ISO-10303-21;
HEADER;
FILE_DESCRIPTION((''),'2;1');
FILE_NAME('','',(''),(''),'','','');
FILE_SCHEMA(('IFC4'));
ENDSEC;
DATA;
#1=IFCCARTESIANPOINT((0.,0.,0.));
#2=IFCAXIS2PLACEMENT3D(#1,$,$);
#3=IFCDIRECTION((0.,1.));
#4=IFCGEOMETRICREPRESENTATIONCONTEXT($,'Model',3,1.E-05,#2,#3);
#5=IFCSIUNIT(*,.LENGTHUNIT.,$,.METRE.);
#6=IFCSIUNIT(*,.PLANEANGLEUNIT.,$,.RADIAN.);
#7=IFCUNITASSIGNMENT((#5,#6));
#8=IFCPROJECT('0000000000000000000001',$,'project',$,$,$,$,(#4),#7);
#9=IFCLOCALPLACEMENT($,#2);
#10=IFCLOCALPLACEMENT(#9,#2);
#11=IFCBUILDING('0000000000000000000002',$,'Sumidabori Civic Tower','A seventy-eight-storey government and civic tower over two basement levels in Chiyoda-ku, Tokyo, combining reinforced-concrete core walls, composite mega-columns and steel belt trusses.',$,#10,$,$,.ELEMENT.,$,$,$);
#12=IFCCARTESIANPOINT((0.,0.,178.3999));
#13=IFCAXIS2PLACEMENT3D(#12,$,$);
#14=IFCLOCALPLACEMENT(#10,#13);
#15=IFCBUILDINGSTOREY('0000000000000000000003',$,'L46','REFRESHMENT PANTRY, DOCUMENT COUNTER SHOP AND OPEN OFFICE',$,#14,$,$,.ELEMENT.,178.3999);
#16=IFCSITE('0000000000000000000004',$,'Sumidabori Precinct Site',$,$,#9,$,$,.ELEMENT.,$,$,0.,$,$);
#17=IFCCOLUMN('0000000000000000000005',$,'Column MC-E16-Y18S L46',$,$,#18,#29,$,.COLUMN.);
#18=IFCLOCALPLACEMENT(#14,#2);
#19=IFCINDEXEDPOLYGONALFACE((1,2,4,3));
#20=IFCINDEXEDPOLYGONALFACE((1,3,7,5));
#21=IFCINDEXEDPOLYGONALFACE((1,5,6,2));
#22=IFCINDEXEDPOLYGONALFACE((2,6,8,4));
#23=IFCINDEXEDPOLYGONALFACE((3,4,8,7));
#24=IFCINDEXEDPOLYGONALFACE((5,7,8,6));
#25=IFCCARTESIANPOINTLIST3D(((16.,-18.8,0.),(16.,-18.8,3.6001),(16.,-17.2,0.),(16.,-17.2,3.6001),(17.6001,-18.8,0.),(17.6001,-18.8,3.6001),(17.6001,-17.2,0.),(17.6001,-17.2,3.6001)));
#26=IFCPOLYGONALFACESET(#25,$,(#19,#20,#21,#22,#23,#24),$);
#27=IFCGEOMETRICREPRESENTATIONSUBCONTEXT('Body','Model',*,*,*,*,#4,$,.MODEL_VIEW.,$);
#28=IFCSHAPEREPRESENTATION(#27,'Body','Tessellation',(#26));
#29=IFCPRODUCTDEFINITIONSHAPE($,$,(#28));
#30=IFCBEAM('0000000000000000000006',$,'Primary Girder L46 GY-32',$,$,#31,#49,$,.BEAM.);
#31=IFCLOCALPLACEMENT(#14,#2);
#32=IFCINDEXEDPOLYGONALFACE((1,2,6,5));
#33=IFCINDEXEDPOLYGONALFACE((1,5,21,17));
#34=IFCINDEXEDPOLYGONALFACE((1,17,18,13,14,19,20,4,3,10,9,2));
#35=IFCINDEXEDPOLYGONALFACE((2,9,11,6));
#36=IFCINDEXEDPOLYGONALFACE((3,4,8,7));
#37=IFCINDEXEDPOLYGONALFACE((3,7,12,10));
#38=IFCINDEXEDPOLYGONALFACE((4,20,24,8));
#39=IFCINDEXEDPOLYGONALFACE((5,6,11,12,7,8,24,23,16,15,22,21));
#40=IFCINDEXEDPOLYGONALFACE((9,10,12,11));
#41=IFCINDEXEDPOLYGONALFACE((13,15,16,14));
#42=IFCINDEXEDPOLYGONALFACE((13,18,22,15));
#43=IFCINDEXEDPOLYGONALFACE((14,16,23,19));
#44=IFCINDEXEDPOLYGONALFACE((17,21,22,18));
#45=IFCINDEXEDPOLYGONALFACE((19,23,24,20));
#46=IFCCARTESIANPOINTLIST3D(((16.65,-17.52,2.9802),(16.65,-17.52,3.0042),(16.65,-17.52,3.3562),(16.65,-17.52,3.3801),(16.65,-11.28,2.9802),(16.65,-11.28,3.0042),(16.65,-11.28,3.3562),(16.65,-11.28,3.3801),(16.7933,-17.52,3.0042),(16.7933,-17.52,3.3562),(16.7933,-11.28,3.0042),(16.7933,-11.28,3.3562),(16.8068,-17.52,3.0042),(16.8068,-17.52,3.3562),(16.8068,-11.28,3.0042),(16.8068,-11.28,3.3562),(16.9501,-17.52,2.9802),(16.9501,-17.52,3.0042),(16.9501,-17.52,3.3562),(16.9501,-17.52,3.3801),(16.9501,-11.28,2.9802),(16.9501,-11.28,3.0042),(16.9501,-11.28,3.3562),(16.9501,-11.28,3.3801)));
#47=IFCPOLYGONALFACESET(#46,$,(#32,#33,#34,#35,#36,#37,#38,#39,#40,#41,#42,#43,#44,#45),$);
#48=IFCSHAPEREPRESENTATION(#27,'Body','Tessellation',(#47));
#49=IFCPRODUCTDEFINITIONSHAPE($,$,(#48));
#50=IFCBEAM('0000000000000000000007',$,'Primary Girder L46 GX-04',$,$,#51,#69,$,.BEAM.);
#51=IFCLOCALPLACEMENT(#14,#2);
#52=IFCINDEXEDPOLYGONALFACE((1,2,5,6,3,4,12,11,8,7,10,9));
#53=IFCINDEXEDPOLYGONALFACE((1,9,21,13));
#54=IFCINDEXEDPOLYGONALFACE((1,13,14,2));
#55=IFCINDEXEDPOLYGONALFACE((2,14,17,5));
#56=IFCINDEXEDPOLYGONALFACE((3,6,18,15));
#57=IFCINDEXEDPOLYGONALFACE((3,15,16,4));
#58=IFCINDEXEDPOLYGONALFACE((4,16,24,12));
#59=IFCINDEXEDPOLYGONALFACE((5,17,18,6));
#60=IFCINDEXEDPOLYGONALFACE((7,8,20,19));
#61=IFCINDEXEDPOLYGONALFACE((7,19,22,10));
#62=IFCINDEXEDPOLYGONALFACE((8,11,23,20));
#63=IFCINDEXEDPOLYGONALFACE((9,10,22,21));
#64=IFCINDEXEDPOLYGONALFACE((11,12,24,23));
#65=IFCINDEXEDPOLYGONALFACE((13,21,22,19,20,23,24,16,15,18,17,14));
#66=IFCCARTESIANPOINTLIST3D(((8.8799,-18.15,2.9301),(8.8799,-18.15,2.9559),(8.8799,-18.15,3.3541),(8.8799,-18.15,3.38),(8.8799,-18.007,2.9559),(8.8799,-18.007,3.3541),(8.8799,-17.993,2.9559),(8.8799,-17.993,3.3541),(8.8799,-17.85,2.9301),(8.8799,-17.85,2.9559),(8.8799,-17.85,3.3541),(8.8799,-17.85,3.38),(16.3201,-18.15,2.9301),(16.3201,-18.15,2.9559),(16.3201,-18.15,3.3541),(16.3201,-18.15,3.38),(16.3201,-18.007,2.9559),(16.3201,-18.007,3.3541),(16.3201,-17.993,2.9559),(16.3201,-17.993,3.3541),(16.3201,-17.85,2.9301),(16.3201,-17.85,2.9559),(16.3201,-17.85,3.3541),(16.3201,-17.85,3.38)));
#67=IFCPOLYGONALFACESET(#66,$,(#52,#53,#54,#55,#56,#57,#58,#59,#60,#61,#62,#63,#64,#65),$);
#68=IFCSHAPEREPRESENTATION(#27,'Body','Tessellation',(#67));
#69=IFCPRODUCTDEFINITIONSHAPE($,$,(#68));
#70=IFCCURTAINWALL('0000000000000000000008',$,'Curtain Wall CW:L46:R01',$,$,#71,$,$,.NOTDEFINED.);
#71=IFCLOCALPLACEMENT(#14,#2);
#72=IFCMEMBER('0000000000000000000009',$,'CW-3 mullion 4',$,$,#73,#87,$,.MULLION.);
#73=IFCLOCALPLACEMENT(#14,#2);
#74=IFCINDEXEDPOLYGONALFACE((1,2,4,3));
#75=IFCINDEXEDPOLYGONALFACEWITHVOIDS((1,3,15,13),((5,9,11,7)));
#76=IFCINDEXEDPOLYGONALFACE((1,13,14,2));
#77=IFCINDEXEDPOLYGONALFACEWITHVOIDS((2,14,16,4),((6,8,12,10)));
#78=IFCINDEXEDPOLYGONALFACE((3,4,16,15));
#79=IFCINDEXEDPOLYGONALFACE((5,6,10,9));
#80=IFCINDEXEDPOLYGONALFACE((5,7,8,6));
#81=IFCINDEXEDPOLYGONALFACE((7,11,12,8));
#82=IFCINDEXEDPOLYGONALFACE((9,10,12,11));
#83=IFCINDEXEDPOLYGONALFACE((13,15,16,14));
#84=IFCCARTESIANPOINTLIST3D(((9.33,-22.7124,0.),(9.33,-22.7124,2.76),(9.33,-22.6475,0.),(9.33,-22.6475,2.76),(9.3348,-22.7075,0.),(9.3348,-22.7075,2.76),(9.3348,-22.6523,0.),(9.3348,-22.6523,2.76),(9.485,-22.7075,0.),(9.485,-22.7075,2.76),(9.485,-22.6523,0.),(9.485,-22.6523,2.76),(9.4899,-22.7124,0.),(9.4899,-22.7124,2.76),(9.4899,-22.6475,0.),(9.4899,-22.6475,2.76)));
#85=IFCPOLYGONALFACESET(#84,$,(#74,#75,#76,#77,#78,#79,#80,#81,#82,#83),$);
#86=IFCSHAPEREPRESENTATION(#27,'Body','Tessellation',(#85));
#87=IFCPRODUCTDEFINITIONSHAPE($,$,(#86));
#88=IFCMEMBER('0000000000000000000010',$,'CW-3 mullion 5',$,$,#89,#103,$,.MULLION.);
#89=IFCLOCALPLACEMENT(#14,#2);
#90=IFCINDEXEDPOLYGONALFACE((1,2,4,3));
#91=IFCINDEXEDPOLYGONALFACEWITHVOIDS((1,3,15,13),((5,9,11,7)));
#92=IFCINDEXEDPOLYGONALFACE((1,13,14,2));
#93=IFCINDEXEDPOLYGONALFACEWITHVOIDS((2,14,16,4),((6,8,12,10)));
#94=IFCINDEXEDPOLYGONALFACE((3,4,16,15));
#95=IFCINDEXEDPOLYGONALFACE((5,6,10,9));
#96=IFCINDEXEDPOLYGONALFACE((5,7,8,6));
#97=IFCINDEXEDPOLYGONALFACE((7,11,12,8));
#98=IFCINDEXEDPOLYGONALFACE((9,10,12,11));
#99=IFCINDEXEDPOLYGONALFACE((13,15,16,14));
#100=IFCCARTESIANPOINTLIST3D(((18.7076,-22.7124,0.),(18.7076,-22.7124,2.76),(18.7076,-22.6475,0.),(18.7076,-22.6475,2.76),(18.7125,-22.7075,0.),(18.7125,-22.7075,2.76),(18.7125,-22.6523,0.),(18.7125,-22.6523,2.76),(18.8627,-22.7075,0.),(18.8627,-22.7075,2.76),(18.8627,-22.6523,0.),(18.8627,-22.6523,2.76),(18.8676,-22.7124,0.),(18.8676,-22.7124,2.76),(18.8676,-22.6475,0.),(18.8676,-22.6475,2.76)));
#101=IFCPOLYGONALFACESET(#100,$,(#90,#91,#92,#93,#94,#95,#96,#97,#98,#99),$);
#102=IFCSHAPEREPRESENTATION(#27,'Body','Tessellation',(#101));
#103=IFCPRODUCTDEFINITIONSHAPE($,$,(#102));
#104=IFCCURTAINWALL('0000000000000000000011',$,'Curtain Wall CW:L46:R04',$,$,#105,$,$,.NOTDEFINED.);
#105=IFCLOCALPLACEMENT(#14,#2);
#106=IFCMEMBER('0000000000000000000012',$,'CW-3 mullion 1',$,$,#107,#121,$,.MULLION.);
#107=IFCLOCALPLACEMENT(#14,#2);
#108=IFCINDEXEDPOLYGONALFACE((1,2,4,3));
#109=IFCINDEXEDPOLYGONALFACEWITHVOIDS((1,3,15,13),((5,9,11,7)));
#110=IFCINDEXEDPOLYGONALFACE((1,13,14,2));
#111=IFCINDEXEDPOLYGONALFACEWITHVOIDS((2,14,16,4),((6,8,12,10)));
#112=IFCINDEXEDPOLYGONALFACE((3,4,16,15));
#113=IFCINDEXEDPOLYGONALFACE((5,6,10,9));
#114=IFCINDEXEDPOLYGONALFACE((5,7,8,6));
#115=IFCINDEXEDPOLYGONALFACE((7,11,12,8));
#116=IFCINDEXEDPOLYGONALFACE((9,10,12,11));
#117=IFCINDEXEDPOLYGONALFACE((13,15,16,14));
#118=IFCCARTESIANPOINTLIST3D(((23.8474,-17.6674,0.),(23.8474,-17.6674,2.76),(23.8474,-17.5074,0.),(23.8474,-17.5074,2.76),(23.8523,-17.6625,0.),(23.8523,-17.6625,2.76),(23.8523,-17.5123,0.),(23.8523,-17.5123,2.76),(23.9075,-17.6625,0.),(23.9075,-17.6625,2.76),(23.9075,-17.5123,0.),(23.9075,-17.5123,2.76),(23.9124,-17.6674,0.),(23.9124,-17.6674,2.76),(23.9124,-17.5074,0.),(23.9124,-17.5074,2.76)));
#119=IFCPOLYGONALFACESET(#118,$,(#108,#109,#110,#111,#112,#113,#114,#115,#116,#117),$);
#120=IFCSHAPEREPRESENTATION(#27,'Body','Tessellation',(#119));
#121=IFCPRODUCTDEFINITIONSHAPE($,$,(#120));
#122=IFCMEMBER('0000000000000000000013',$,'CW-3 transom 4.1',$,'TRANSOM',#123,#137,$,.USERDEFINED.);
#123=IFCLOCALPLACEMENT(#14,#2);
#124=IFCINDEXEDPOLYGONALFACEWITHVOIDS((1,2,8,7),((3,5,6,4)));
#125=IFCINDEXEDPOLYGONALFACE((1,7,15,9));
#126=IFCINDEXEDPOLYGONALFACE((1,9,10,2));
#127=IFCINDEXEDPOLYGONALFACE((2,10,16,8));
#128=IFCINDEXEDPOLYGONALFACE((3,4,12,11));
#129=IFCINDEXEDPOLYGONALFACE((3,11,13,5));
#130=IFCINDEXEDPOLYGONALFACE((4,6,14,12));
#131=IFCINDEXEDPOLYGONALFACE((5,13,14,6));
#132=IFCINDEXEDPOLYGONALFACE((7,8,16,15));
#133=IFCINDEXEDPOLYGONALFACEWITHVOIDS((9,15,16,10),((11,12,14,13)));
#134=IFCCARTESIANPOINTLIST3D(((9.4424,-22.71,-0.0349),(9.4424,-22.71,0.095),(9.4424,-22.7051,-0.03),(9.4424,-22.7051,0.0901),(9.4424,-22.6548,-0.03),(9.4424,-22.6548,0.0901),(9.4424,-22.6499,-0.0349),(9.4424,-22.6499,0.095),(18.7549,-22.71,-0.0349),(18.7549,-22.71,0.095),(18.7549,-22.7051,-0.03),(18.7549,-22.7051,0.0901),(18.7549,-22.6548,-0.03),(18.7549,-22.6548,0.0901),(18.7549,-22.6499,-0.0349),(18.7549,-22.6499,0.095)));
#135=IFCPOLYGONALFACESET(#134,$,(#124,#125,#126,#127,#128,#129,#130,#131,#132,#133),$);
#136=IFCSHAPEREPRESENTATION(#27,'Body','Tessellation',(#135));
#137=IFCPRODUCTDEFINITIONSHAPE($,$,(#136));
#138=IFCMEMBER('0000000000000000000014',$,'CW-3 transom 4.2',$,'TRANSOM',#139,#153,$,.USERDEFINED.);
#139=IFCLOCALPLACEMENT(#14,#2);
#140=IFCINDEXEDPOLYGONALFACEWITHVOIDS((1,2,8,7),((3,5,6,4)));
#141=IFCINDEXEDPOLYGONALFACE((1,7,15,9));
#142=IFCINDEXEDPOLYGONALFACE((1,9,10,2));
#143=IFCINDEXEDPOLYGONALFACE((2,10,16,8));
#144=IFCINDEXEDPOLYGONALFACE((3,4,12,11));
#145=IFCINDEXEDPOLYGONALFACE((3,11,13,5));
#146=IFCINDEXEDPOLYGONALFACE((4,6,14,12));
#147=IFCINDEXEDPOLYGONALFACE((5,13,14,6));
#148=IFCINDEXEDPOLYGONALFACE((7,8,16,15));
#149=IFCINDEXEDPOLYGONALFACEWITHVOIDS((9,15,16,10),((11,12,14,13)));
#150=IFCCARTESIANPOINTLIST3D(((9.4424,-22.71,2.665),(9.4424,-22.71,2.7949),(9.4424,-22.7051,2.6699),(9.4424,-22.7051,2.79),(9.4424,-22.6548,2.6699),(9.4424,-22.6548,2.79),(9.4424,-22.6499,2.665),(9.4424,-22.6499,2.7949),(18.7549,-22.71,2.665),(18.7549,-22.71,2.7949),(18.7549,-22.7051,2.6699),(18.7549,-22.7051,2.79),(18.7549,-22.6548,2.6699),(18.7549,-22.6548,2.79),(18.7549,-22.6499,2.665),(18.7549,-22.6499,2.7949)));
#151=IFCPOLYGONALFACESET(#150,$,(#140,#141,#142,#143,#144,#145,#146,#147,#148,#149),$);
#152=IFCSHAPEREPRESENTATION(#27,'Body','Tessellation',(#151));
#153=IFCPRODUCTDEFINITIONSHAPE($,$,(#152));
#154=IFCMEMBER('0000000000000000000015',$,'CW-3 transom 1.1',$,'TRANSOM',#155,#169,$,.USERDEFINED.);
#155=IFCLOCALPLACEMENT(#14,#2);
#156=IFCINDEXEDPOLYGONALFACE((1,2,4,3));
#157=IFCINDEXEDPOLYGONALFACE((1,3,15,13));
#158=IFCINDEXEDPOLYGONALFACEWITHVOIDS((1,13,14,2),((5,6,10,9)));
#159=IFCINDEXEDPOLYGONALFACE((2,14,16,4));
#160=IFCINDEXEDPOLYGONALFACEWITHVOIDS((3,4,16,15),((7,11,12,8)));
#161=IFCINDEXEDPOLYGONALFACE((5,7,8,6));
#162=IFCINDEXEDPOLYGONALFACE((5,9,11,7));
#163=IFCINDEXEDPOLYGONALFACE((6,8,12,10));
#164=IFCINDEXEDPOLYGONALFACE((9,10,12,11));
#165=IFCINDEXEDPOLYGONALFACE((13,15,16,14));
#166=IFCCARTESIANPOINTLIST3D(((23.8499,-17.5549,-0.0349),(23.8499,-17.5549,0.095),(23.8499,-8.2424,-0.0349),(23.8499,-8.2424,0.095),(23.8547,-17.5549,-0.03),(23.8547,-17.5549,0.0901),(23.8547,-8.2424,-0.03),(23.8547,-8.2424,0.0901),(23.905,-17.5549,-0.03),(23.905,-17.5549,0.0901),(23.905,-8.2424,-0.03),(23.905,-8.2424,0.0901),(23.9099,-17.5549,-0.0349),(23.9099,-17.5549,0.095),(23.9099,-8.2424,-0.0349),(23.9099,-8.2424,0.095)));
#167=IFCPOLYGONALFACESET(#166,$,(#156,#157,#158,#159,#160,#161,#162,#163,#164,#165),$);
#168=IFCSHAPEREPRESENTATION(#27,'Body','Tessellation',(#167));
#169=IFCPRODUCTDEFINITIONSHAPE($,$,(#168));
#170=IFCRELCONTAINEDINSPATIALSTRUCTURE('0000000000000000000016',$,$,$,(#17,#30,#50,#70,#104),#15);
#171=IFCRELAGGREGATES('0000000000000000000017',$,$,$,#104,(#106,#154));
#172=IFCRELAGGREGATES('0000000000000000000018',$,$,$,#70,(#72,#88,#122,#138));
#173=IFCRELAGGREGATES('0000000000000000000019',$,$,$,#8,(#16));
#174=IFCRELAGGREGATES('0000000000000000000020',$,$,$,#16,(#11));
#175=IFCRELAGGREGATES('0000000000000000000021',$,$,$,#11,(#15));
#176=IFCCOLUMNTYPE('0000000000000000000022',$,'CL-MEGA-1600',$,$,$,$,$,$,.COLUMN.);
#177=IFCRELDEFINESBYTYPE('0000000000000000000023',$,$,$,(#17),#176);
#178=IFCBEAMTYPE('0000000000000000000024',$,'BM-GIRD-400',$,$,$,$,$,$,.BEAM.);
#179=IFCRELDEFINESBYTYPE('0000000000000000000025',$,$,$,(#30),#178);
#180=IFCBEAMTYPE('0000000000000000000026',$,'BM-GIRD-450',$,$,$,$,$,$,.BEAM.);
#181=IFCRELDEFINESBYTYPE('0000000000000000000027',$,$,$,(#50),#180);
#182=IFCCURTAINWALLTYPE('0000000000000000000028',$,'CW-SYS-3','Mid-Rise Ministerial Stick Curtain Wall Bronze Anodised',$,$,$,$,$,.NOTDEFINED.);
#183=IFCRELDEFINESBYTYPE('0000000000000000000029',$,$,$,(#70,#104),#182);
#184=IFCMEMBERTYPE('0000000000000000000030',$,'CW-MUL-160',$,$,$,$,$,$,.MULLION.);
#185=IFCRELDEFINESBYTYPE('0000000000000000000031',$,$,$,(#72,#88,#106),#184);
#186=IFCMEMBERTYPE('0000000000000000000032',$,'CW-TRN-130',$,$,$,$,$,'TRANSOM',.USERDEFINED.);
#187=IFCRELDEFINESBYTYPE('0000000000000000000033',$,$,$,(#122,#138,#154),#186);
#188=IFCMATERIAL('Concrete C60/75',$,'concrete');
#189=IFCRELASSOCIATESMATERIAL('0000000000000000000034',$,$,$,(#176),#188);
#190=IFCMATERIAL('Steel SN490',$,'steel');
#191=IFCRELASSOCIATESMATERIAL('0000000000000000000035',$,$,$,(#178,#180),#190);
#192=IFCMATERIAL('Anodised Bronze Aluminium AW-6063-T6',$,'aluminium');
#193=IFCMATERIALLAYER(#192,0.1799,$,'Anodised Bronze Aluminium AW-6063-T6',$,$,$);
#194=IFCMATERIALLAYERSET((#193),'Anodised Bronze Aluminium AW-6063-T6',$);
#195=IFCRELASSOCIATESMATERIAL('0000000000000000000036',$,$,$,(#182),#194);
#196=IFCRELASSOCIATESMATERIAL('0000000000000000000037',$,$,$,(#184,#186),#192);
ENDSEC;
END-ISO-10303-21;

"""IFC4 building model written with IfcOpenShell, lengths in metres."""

from ifc_helpers import new_model, si_unit, direction, frame, origin, origin_2d, place, context, subcontext, project, spatial, rectangle, hollow_rectangle, i_section, extrude, source, transform, mapped, material, layer, layer_set, material_profile, profile_set, type_object, element, aggregate, save


model = new_model("IFC4")

# Units and contexts
model_context = context("Model", 3, precision=1e-05, world=origin(), true_north=direction((0.0, 1.0)))
body_context = subcontext(model_context, "Body", "Model", "MODEL_VIEW")
ifc_project = project(units=[si_unit("LENGTHUNIT", "METRE"), si_unit("PLANEANGLEUNIT", "RADIAN")], contexts=[model_context])

# Site, building, storey
site_placement = place(None, origin())
site = spatial("IfcSite", under=ifc_project, at=site_placement, Name="Sumidabori Precinct Site", CompositionType="ELEMENT", RefElevation=0.0)
building_placement = place(site_placement, origin())
building = spatial("IfcBuilding", under=site, at=building_placement, Name="Sumidabori Civic Tower", Description="A seventy-eight-storey government and civic tower over two basement levels in Chiyoda-ku, Tokyo, combining reinforced-concrete core walls, composite mega-columns and steel belt trusses.", CompositionType="ELEMENT")
storey_placement = place(building_placement, frame((0.0, 0.0, 178.3999)))
storey = spatial("IfcBuildingStorey", under=building, at=storey_placement, Name="L46", Description="REFRESHMENT PANTRY, DOCUMENT COUNTER SHOP AND OPEN OFFICE", CompositionType="ELEMENT", Elevation=178.3999)

# Column
ifc_material_1 = material(Name="Concrete C60/75", Category="concrete")
ifc_material_profile_1 = material_profile(ifc_material_1, rectangle(XDim=1.6001, YDim=1.6001, at=origin_2d()), Name="RC 1600x1600")
ifc_profile_set_1 = profile_set([ifc_material_profile_1], Name="Concrete C60/75")
column_type = type_object("IfcColumnType", Name="CL-MEGA-1600", PredefinedType="COLUMN", material=ifc_profile_set_1)
shared_shape_1 = source(origin(), body_context, "Body", "SweptSolid", [
    extrude(rectangle(XDim=1.6001, YDim=1.6001, at=origin_2d()), origin(), (0.0, 0.0, 1.0), 3.6001),
])
column_placement = place(storey_placement, frame((16.8, -18.0, 0.0), z_axis=(0.0, 0.0, 1.0), x_axis=(1.0, 0.0, 0.0)))
element("IfcColumn", 1, at=column_placement, inside=storey, type_object=column_type, Name="Column MC-E16-Y18S L46", PredefinedType="COLUMN", context=body_context, shape_type="MappedRepresentation", body=[
    mapped(shared_shape_1, transform((0.0, 0.0, 0.0), x_axis=(1.0, 0.0, 0.0), y_axis=(0.0, 1.0, 0.0), z_axis=(0.0, 0.0, 1.0), scale=1.0)),
])

# Beams
ifc_material_2 = material(Name="Steel SN490", Category="steel")
ifc_material_profile_2 = material_profile(ifc_material_2, i_section(OverallWidth=0.3, OverallDepth=0.3999, WebThickness=0.0134, FlangeThickness=0.0239, at=origin_2d()), Name="HE 400 B")
ifc_profile_set_2 = profile_set([ifc_material_profile_2], Name="Steel SN490")
beam_type_1 = type_object("IfcBeamType", Name="BM-GIRD-400", PredefinedType="BEAM", material=ifc_profile_set_2)
shared_shape_2 = source(origin(), body_context, "Body", "SweptSolid", [
    extrude(i_section(OverallWidth=0.3, OverallDepth=0.3999, WebThickness=0.0134, FlangeThickness=0.0239, at=origin_2d()), origin(), (0.0, 0.0, 1.0), 6.24),
])
beam_1_placement = place(storey_placement, frame((16.8, -17.52, 3.1802), z_axis=(0.0, 1.0, 0.0), x_axis=(-1.0, 0.0, 0.0)))
element("IfcBeam", 2, at=beam_1_placement, inside=storey, type_object=beam_type_1, Name="Primary Girder L46 GY-32", PredefinedType="BEAM", context=body_context, shape_type="MappedRepresentation", body=[
    mapped(shared_shape_2, transform((0.0, 0.0, 0.0), x_axis=(1.0, 0.0, 0.0), y_axis=(0.0, 1.0, 0.0), z_axis=(0.0, 0.0, 1.0), scale=1.0)),
])
ifc_material_profile_3 = material_profile(ifc_material_2, i_section(OverallWidth=0.3, OverallDepth=0.45, WebThickness=0.0139, FlangeThickness=0.0259, at=origin_2d()), Name="HE 450 B")
ifc_profile_set_3 = profile_set([ifc_material_profile_3], Name="Steel SN490")
beam_type_2 = type_object("IfcBeamType", Name="BM-GIRD-450", PredefinedType="BEAM", material=ifc_profile_set_3)
shared_shape_3 = source(origin(), body_context, "Body", "SweptSolid", [
    extrude(i_section(OverallWidth=0.3, OverallDepth=0.45, WebThickness=0.0139, FlangeThickness=0.0259, at=origin_2d()), origin(), (0.0, 0.0, 1.0), 7.4402),
])
beam_2_placement = place(storey_placement, frame((8.8799, -18.0, 3.155), z_axis=(1.0, 0.0, 0.0), x_axis=(0.0, 1.0, 0.0)))
element("IfcBeam", 3, at=beam_2_placement, inside=storey, type_object=beam_type_2, Name="Primary Girder L46 GX-04", PredefinedType="BEAM", context=body_context, shape_type="MappedRepresentation", body=[
    mapped(shared_shape_3, transform((0.0, 0.0, 0.0), x_axis=(1.0, 0.0, 0.0), y_axis=(0.0, 1.0, 0.0), z_axis=(0.0, 0.0, 1.0), scale=1.0)),
])

# Curtain wall, members
ifc_material_3 = material(Name="Anodised Bronze Aluminium AW-6063-T6", Category="aluminium")
ifc_layer_1 = layer(ifc_material_3, 0.1799, Name="Anodised Bronze Aluminium AW-6063-T6")
ifc_layer_set_1 = layer_set([ifc_layer_1], Name="Anodised Bronze Aluminium AW-6063-T6")
curtain_wall_type = type_object("IfcCurtainWallType", Name="CW-SYS-3", Description="Mid-Rise Ministerial Stick Curtain Wall Bronze Anodised", PredefinedType="NOTDEFINED", material=ifc_layer_set_1)
curtain_wall_1_placement = place(storey_placement, origin())
curtain_wall_1 = element("IfcCurtainWall", 4, at=curtain_wall_1_placement, inside=storey, type_object=curtain_wall_type, Name="Curtain Wall CW:L46:R01", PredefinedType="NOTDEFINED")
ifc_material_profile_4 = material_profile(ifc_material_3, hollow_rectangle(XDim=0.0649, YDim=0.1599, WallThickness=0.0049, at=origin_2d()), Name="ALU MULLION 160x65")
ifc_profile_set_4 = profile_set([ifc_material_profile_4], Name="Anodised Bronze Aluminium AW-6063-T6")
member_type_1 = type_object("IfcMemberType", Name="CW-MUL-160", PredefinedType="MULLION", material=ifc_profile_set_4)
shared_shape_4 = source(origin(), body_context, "Body", "SweptSolid", [
    extrude(hollow_rectangle(XDim=0.0649, YDim=0.1599, WallThickness=0.0049, at=origin_2d()), origin(), (0.0, 0.0, 1.0), 2.76),
])
member_1_placement = place(storey_placement, frame((9.4099, -22.6799, 0.0), z_axis=(0.0, 0.0, 1.0), x_axis=(0.0, 1.0, 0.0)))
member_1 = element("IfcMember", 5, at=member_1_placement, type_object=member_type_1, Name="CW-3 mullion 4", PredefinedType="MULLION", context=body_context, shape_type="MappedRepresentation", body=[
    mapped(shared_shape_4, transform((0.0, 0.0, 0.0), x_axis=(1.0, 0.0, 0.0), y_axis=(0.0, 1.0, 0.0), z_axis=(0.0, 0.0, 1.0), scale=1.0)),
])
member_2_placement = place(storey_placement, frame((18.7876, -22.6799, 0.0), z_axis=(0.0, 0.0, 1.0), x_axis=(0.0, 1.0, 0.0)))
member_2 = element("IfcMember", 6, at=member_2_placement, type_object=member_type_1, Name="CW-3 mullion 5", PredefinedType="MULLION", context=body_context, shape_type="MappedRepresentation", body=[
    mapped(shared_shape_4, transform((0.0, 0.0, 0.0), x_axis=(1.0, 0.0, 0.0), y_axis=(0.0, 1.0, 0.0), z_axis=(0.0, 0.0, 1.0), scale=1.0)),
])

# Curtain wall, member
curtain_wall_2_placement = place(storey_placement, origin())
curtain_wall_2 = element("IfcCurtainWall", 7, at=curtain_wall_2_placement, inside=storey, type_object=curtain_wall_type, Name="Curtain Wall CW:L46:R04", PredefinedType="NOTDEFINED")
member_3_placement = place(storey_placement, frame((23.8799, -17.5874, 0.0), z_axis=(0.0, 0.0, 1.0), x_axis=(-1.0, 0.0, 0.0)))
member_3 = element("IfcMember", 8, at=member_3_placement, type_object=member_type_1, Name="CW-3 mullion 1", PredefinedType="MULLION", context=body_context, shape_type="MappedRepresentation", body=[
    mapped(shared_shape_4, transform((0.0, 0.0, 0.0), x_axis=(1.0, 0.0, 0.0), y_axis=(0.0, 1.0, 0.0), z_axis=(0.0, 0.0, 1.0), scale=1.0)),
])

# Members
ifc_material_profile_5 = material_profile(ifc_material_3, hollow_rectangle(XDim=0.0601, YDim=0.1299, WallThickness=0.0049, at=origin_2d()), Name="ALU TRANSOM 130x60")
ifc_profile_set_5 = profile_set([ifc_material_profile_5], Name="Anodised Bronze Aluminium AW-6063-T6")
member_type_2 = type_object("IfcMemberType", Name="CW-TRN-130", ElementType="TRANSOM", PredefinedType="USERDEFINED", material=ifc_profile_set_5)
shared_shape_5 = source(origin(), body_context, "Body", "SweptSolid", [
    extrude(hollow_rectangle(XDim=0.0601, YDim=0.1299, WallThickness=0.0049, at=origin_2d()), origin(), (0.0, 0.0, 1.0), 9.3125),
])
member_4_placement = place(storey_placement, frame((9.4424, -22.6799, 0.03), z_axis=(1.0, 0.0, 0.0), x_axis=(0.0, 1.0, 0.0)))
member_4 = element("IfcMember", 9, at=member_4_placement, type_object=member_type_2, Name="CW-3 transom 4.1", ObjectType="TRANSOM", PredefinedType="USERDEFINED", context=body_context, shape_type="MappedRepresentation", body=[
    mapped(shared_shape_5, transform((0.0, 0.0, 0.0), x_axis=(1.0, 0.0, 0.0), y_axis=(0.0, 1.0, 0.0), z_axis=(0.0, 0.0, 1.0), scale=1.0)),
])
member_5_placement = place(storey_placement, frame((9.4424, -22.6799, 2.73), z_axis=(1.0, 0.0, 0.0), x_axis=(0.0, 1.0, 0.0)))
member_5 = element("IfcMember", 10, at=member_5_placement, type_object=member_type_2, Name="CW-3 transom 4.2", ObjectType="TRANSOM", PredefinedType="USERDEFINED", context=body_context, shape_type="MappedRepresentation", body=[
    mapped(shared_shape_5, transform((0.0, 0.0, 0.0), x_axis=(1.0, 0.0, 0.0), y_axis=(0.0, 1.0, 0.0), z_axis=(0.0, 0.0, 1.0), scale=1.0)),
])
member_6_placement = place(storey_placement, frame((23.8799, -17.5549, 0.03), z_axis=(0.0, 1.0, 0.0), x_axis=(-1.0, 0.0, 0.0)))
member_6 = element("IfcMember", 11, at=member_6_placement, type_object=member_type_2, Name="CW-3 transom 1.1", ObjectType="TRANSOM", PredefinedType="USERDEFINED", context=body_context, shape_type="MappedRepresentation", body=[
    mapped(shared_shape_5, transform((0.0, 0.0, 0.0), x_axis=(1.0, 0.0, 0.0), y_axis=(0.0, 1.0, 0.0), z_axis=(0.0, 0.0, 1.0), scale=1.0)),
])
aggregate(curtain_wall_2, [member_3, member_6])

aggregate(curtain_wall_1, [member_1, member_2, member_4, member_5])

save(model, "model.ifc")
